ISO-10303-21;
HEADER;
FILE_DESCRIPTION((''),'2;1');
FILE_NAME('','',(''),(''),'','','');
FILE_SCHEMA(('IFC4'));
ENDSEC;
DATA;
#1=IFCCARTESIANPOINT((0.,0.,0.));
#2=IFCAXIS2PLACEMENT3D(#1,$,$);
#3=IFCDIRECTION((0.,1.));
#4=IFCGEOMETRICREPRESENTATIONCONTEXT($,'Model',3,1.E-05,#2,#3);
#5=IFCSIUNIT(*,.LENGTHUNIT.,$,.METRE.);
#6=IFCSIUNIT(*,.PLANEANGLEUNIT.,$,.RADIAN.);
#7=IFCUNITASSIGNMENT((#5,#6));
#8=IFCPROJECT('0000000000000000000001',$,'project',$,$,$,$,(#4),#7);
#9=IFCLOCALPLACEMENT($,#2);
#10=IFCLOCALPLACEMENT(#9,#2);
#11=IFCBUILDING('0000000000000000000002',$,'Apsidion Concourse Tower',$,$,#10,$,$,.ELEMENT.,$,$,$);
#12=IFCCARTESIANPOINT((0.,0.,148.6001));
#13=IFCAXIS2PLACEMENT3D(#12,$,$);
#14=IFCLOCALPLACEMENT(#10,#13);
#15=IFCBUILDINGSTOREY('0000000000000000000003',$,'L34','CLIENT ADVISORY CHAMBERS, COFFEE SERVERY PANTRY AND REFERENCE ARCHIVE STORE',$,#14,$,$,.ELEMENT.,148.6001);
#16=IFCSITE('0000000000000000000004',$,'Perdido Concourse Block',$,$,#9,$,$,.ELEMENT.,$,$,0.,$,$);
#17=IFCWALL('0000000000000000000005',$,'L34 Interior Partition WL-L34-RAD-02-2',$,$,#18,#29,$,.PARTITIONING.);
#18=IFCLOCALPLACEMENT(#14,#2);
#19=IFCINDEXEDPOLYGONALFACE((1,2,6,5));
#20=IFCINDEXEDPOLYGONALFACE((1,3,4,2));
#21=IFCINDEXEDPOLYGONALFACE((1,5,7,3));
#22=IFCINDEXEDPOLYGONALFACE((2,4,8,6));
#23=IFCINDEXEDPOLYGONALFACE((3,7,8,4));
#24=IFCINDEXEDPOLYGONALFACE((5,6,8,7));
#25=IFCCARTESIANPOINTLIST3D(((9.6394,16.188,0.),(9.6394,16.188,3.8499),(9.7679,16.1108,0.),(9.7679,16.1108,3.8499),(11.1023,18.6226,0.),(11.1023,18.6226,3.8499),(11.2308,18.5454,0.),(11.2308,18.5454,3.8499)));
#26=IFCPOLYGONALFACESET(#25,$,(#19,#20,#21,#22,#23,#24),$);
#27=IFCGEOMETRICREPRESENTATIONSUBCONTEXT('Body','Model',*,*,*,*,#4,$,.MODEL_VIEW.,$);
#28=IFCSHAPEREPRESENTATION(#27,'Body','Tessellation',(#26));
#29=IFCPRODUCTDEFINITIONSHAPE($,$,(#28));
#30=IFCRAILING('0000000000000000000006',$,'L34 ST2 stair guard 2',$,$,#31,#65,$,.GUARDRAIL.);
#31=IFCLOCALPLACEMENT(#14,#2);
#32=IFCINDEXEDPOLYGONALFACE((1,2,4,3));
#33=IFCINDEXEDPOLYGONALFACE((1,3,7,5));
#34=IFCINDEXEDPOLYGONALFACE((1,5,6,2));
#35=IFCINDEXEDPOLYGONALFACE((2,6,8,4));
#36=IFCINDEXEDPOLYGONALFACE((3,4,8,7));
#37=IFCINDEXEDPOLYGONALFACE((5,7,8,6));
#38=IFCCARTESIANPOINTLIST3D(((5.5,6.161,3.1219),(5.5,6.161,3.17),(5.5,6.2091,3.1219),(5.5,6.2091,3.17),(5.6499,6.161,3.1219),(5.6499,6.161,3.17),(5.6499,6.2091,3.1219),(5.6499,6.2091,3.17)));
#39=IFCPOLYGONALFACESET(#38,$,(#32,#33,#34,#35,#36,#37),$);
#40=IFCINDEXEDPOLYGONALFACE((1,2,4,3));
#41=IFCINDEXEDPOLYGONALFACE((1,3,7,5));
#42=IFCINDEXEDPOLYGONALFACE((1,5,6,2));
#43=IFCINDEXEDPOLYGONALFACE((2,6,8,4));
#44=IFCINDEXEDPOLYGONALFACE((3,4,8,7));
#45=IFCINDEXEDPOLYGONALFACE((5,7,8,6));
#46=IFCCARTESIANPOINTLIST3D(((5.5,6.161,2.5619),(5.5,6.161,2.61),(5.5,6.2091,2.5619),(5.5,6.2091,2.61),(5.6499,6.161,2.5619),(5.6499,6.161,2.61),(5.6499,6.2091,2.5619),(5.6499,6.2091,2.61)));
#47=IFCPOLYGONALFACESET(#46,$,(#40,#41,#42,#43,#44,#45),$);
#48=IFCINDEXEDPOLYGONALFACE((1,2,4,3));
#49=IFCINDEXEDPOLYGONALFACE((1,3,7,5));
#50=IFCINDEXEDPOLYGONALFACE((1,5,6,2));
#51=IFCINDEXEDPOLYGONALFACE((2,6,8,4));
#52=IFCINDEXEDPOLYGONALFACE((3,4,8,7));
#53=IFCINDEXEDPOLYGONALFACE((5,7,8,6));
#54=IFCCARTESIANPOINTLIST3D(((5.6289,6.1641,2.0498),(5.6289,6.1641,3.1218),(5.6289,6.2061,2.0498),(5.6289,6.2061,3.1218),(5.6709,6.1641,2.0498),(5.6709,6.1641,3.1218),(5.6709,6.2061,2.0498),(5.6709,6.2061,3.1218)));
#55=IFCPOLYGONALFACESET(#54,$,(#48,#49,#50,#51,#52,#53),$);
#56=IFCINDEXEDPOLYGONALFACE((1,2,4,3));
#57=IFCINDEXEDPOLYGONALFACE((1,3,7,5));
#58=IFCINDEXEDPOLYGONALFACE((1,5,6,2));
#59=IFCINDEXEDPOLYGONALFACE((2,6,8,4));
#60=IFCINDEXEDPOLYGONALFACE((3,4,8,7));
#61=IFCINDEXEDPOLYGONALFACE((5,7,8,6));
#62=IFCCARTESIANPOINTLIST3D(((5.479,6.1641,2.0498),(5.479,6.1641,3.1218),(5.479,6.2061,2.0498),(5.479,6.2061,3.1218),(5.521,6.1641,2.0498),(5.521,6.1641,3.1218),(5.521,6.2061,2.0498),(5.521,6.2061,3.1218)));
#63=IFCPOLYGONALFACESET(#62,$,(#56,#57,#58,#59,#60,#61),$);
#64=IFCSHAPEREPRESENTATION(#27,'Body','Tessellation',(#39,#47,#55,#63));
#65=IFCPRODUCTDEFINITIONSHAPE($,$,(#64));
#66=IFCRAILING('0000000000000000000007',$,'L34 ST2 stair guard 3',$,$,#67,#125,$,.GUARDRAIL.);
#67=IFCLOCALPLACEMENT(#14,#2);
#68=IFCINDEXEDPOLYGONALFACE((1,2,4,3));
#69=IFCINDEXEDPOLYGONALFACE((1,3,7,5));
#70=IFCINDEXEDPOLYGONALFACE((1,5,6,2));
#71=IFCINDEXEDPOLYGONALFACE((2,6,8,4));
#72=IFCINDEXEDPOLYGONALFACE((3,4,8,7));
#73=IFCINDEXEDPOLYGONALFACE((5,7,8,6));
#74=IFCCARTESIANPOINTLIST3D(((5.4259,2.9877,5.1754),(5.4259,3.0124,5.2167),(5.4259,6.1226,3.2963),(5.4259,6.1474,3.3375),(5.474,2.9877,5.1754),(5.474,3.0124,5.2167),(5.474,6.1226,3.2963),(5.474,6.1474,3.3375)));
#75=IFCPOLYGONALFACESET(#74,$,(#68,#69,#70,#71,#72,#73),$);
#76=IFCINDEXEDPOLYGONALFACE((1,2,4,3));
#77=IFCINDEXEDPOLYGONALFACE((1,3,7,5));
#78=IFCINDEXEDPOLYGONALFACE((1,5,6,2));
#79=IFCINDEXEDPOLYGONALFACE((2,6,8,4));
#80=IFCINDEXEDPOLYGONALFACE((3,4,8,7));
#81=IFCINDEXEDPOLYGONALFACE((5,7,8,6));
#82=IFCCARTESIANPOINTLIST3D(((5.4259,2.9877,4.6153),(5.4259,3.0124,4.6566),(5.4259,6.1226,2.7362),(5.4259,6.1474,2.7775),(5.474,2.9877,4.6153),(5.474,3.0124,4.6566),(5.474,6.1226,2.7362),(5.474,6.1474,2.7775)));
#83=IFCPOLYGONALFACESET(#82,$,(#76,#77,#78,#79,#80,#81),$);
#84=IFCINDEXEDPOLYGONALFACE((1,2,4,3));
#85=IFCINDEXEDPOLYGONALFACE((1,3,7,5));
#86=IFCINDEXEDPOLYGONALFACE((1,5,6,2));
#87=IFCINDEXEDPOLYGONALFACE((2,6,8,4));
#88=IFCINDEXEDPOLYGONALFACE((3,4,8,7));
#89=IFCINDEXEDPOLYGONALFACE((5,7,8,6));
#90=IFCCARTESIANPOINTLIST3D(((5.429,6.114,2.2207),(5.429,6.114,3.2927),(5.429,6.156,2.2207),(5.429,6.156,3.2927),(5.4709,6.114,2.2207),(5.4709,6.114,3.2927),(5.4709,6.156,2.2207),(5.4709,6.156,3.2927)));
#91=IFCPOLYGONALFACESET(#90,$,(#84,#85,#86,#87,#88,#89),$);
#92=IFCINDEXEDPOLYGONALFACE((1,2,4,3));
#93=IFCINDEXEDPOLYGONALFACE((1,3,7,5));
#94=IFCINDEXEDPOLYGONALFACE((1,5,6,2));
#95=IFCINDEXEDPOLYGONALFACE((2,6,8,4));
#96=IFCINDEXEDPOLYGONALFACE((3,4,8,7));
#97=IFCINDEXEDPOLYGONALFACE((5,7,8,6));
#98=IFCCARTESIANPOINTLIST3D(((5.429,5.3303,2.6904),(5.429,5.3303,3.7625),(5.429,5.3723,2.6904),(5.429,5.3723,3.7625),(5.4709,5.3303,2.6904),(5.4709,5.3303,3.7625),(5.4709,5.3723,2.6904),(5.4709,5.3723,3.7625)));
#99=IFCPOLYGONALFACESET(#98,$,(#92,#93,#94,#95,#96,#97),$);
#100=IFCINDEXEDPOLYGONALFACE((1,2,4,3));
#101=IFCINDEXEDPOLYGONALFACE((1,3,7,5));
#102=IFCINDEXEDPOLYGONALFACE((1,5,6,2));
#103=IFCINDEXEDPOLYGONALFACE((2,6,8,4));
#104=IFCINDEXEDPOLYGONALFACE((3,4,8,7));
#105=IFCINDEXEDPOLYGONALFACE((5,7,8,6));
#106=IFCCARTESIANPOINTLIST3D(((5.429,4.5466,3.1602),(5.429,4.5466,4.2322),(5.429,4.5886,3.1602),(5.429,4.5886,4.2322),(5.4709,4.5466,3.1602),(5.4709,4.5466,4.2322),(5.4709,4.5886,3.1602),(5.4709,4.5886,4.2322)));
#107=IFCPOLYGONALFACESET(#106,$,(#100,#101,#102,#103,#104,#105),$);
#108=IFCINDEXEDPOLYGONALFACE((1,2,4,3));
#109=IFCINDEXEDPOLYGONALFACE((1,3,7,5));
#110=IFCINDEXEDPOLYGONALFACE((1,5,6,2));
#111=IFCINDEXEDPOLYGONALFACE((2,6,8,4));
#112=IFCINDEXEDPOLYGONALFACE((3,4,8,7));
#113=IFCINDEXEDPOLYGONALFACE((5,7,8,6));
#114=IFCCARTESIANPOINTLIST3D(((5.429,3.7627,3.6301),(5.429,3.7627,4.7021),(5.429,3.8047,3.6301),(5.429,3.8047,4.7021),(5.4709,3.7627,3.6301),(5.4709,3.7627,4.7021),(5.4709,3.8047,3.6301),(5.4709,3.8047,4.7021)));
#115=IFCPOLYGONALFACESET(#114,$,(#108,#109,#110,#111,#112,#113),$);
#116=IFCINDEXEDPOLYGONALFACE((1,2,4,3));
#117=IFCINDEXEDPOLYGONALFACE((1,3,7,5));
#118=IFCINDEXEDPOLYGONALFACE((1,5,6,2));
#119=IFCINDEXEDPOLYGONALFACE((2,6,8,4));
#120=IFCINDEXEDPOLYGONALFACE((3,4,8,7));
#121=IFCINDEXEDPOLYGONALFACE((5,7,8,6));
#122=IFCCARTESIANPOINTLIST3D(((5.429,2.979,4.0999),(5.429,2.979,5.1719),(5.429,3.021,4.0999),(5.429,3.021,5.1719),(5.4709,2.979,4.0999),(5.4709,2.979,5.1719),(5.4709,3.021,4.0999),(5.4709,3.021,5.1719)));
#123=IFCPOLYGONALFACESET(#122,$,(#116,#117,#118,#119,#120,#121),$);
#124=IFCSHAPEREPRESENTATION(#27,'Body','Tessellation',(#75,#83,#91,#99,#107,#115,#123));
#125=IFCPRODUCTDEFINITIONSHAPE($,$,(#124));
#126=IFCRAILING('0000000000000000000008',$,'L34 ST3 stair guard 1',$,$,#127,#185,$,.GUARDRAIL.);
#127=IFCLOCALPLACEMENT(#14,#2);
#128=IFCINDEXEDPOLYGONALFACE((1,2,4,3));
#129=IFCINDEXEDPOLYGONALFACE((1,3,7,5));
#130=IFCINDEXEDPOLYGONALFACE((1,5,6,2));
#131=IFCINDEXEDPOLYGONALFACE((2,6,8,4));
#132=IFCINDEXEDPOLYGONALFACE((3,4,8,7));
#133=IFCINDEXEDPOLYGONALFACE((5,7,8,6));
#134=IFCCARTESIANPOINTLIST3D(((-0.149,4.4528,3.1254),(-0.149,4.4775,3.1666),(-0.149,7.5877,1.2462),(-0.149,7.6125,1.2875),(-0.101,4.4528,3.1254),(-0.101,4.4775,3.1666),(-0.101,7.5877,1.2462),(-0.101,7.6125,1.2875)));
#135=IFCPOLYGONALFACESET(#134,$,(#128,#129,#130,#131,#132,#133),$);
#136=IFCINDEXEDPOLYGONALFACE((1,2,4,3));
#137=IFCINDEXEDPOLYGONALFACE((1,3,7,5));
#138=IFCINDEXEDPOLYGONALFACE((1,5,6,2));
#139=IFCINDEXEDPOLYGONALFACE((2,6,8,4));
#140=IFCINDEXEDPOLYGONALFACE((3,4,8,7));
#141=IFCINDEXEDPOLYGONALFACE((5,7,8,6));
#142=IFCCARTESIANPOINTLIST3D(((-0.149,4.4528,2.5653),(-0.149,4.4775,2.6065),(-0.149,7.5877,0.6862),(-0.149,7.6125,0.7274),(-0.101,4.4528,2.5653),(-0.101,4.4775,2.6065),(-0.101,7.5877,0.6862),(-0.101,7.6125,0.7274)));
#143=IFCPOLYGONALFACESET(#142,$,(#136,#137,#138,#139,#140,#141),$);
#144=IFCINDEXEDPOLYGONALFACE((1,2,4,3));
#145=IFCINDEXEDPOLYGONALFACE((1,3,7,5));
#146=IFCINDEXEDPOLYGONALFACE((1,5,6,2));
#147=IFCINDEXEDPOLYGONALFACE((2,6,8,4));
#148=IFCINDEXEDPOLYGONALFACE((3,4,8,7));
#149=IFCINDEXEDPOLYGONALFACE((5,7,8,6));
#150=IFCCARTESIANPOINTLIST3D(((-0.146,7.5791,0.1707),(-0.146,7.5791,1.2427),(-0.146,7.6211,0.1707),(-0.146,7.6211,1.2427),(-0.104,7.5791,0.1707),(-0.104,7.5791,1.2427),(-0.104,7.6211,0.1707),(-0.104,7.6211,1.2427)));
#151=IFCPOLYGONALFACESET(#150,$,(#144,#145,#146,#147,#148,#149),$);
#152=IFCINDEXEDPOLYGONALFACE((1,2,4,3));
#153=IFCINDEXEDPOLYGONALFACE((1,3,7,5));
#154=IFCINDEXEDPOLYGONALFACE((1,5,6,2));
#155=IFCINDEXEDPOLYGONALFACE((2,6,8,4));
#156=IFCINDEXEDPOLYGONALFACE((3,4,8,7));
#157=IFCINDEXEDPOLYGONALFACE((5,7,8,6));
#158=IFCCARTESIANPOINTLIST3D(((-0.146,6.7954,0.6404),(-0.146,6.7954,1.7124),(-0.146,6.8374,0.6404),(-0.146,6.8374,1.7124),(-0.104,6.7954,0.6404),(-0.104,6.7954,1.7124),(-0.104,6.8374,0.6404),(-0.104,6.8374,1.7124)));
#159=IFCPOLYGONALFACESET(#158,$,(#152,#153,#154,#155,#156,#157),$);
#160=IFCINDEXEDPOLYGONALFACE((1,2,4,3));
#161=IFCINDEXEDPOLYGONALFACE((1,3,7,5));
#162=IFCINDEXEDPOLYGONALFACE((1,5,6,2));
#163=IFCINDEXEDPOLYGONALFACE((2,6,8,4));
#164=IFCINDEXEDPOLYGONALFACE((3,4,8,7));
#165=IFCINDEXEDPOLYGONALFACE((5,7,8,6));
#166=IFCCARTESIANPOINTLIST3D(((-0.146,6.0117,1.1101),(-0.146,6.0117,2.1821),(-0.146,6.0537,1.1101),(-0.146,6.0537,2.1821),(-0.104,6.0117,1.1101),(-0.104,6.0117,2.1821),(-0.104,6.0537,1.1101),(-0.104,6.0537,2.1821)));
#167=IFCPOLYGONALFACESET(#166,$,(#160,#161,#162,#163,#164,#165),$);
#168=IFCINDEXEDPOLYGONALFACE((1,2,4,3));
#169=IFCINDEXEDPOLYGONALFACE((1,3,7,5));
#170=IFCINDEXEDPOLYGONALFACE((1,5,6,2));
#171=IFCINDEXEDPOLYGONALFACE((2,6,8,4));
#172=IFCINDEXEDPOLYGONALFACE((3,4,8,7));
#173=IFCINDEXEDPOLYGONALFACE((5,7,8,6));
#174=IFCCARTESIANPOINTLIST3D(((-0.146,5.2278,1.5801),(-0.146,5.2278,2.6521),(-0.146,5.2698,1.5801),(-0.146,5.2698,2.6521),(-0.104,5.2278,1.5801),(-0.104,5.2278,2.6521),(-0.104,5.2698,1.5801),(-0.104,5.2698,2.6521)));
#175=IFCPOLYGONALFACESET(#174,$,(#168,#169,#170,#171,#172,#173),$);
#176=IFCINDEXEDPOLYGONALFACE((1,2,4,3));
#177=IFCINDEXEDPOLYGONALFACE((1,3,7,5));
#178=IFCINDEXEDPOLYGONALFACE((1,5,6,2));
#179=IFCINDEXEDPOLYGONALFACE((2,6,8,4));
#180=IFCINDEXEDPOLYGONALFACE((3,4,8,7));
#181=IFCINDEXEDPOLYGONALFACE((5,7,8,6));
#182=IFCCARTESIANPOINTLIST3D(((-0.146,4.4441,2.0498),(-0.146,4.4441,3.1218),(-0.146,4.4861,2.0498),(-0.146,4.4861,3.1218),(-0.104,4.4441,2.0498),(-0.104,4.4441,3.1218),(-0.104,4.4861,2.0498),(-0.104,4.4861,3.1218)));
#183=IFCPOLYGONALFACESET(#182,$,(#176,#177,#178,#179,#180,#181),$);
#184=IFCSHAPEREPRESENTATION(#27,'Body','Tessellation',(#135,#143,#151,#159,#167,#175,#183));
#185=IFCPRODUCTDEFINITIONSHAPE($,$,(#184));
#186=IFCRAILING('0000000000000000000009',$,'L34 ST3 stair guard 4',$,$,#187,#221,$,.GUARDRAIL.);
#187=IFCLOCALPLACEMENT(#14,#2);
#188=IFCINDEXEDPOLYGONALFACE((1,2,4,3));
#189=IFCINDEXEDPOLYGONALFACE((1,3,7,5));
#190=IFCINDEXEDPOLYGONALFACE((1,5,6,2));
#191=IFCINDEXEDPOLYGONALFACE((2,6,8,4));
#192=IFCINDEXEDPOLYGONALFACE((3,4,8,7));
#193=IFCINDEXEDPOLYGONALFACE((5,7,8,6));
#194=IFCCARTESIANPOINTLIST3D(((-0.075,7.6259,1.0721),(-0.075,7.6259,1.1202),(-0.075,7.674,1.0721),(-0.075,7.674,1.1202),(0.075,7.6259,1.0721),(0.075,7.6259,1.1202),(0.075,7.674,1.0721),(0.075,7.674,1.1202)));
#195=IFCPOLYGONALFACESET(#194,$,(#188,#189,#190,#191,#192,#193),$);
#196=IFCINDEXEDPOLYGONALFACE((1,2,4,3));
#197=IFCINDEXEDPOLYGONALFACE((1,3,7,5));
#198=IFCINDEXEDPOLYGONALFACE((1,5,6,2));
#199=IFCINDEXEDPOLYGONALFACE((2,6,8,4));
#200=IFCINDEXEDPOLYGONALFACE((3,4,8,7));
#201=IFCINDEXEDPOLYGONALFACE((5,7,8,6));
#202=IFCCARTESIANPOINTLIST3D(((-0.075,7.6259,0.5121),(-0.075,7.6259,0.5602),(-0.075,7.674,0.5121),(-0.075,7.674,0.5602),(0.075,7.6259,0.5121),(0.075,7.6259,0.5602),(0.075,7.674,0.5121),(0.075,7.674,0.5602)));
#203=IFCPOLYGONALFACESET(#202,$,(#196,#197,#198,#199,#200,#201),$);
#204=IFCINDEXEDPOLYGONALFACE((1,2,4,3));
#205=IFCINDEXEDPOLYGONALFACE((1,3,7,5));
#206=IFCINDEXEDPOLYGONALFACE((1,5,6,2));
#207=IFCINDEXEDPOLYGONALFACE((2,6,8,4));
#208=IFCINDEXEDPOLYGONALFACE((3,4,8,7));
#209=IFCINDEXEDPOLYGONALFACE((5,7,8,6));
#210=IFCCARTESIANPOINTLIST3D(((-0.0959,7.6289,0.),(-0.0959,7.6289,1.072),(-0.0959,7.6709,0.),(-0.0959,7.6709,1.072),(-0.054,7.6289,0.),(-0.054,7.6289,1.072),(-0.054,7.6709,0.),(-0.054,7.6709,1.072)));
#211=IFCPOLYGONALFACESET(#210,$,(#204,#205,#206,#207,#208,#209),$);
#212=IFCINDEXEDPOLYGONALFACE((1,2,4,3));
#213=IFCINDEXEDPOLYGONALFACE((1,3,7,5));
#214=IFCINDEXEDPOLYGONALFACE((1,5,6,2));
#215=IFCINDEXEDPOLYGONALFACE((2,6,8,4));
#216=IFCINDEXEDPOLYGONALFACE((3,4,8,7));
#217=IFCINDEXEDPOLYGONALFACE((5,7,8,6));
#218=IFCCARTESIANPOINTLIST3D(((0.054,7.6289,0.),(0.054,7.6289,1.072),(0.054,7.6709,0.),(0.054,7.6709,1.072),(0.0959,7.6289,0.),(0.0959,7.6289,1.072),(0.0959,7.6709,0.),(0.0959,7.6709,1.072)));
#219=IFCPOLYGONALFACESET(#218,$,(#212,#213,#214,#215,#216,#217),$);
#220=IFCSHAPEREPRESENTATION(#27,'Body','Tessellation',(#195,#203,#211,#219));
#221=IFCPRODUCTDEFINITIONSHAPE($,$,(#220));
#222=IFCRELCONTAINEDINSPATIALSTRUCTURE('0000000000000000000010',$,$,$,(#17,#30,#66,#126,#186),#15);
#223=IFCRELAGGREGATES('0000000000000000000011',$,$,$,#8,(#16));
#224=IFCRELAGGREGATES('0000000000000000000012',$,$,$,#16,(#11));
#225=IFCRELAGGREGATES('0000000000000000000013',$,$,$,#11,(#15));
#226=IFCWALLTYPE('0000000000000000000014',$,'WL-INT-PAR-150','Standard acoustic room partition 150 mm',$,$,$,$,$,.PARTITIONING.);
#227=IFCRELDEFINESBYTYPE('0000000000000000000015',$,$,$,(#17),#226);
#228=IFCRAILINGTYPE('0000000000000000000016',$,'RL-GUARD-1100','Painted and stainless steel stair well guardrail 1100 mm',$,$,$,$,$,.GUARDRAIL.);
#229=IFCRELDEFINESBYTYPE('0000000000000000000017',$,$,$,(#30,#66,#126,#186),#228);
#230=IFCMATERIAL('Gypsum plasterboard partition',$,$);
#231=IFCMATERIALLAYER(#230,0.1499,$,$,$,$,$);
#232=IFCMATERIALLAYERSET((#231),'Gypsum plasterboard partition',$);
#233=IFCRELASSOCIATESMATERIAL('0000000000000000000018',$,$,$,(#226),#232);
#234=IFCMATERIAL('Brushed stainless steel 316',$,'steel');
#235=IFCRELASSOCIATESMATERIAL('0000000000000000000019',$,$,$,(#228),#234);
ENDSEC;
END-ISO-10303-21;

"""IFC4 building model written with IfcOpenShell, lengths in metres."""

from ifc_helpers import new_model, si_unit, direction, frame, frame_2d, origin, origin_2d, place, context, subcontext, project, spatial, rectangle, extrude, material, layer, layer_set, type_object, element, save


model = new_model("IFC4")

# Units and contexts
model_context = context("Model", 3, precision=1e-05, world=origin(), true_north=direction((0.0, 1.0)))
body_context = subcontext(model_context, "Body", "Model", "MODEL_VIEW")
ifc_project = project(units=[si_unit("LENGTHUNIT", "METRE"), si_unit("PLANEANGLEUNIT", "RADIAN")], contexts=[model_context])

# Site, building, storey
site_placement = place(None, origin())
site = spatial("IfcSite", under=ifc_project, at=site_placement, Name="Perdido Concourse Block", CompositionType="ELEMENT", RefElevation=0.0)
building_placement = place(site_placement, origin())
building = spatial("IfcBuilding", under=site, at=building_placement, Name="Apsidion Concourse Tower", CompositionType="ELEMENT")
storey_placement = place(building_placement, frame((0.0, 0.0, 148.6001)))
storey = spatial("IfcBuildingStorey", under=building, at=storey_placement, Name="L34", Description="CLIENT ADVISORY CHAMBERS, COFFEE SERVERY PANTRY AND REFERENCE ARCHIVE STORE", CompositionType="ELEMENT", Elevation=148.6001)

# Shared definitions
ifc_material_1 = material(Name="Gypsum plasterboard partition")
ifc_layer = layer(ifc_material_1, 0.1499)
ifc_layer_set = layer_set([ifc_layer], Name="Gypsum plasterboard partition")
wall_type = type_object("IfcWallType", Name="WL-INT-PAR-150", Description="Standard acoustic room partition 150 mm", PredefinedType="PARTITIONING", material=ifc_layer_set)

# Shared definitions
ifc_material_2 = material(Name="Brushed stainless steel 316", Category="steel")

# Wall
wall_1_placement = place(storey_placement, frame((9.7036, 16.1494, 0.0), z_axis=(0.0, 0.0, 1.0), x_axis=(0.515052, 0.857159, 0.0)))
element("IfcWall", 1, at=wall_1_placement, inside=storey, type_object=wall_type, Name="L34 Interior Partition WL-L34-RAD-02-2", PredefinedType="PARTITIONING", context=body_context, shape_type="SweptSolid", body=[
    extrude(rectangle(XDim=2.8403, YDim=0.1499, at=frame_2d((1.4202, 0.0))), origin(), (0.0, 0.0, 1.0), 3.8499),
])

# Railings
railing_type = type_object("IfcRailingType", Name="RL-GUARD-1100", Description="Painted and stainless steel stair well guardrail 1100 mm", PredefinedType="GUARDRAIL", material=ifc_material_2)
railing_1_placement = place(storey_placement, frame((5.6499, 6.1851, 2.0498)))
element("IfcRailing", 2, at=railing_1_placement, inside=storey, type_object=railing_type, Name="L34 ST2 stair guard 2", PredefinedType="GUARDRAIL", context=body_context, shape_type="SweptSolid", body=[
    extrude(rectangle(XDim=0.0481, YDim=0.0481, at=origin_2d()), frame((0.0, 0.0, 1.0962), z_axis=(-1.0, 0.0, 0.0), x_axis=(0.0, -1.0, 0.0)), (0.0, 0.0, 1.0), 0.1499),
    extrude(rectangle(XDim=0.0481, YDim=0.0481, at=origin_2d()), frame((0.0, 0.0, 0.5361), z_axis=(-1.0, 0.0, 0.0), x_axis=(0.0, -1.0, 0.0)), (0.0, 0.0, 1.0), 0.1499),
    extrude(rectangle(XDim=0.042, YDim=0.042, at=origin_2d()), origin(), (0.0, 0.0, 1.0), 1.072),
    extrude(rectangle(XDim=0.042, YDim=0.042, at=origin_2d()), frame((-0.1499, 0.0, 0.0)), (0.0, 0.0, 1.0), 1.072),
])
for number, where, name in (
    (3, (5.45, 6.135, 2.2207), "L34 ST2 stair guard 3"),
    (4, (-0.125, 7.6001, 0.1707), "L34 ST3 stair guard 1"),
):
    element("IfcRailing", number, at=place(storey_placement, frame(where)), inside=storey, type_object=railing_type, Name=name, PredefinedType="GUARDRAIL", context=body_context, shape_type="SweptSolid", body=[
        extrude(rectangle(XDim=0.0481, YDim=0.0481, at=origin_2d()), frame((0.0, 0.0, 1.0962), z_axis=(0.0, -0.857717, 0.514122), x_axis=(1.0, 0.0, 0.0)), (0.0, 0.0, 1.0), 3.655),
        extrude(rectangle(XDim=0.0481, YDim=0.0481, at=origin_2d()), frame((0.0, 0.0, 0.5361), z_axis=(0.0, -0.857717, 0.514122), x_axis=(1.0, 0.0, 0.0)), (0.0, 0.0, 1.0), 3.655),
        extrude(rectangle(XDim=0.042, YDim=0.042, at=origin_2d()), origin(), (0.0, 0.0, 1.0), 1.072),
        extrude(rectangle(XDim=0.042, YDim=0.042, at=origin_2d()), frame((0.0, -0.7837, 0.4697)), (0.0, 0.0, 1.0), 1.072),
        extrude(rectangle(XDim=0.042, YDim=0.042, at=origin_2d()), frame((0.0, -1.5674, 0.9395)), (0.0, 0.0, 1.0), 1.072),
        extrude(rectangle(XDim=0.042, YDim=0.042, at=origin_2d()), frame((0.0, -2.3513, 1.4094)), (0.0, 0.0, 1.0), 1.072),
        extrude(rectangle(XDim=0.042, YDim=0.042, at=origin_2d()), frame((0.0, -3.135, 1.8792)), (0.0, 0.0, 1.0), 1.072),
    ])
railing_2_placement = place(storey_placement, frame((-0.075, 7.6499, 0.0)))
element("IfcRailing", 5, at=railing_2_placement, inside=storey, type_object=railing_type, Name="L34 ST3 stair guard 4", PredefinedType="GUARDRAIL", context=body_context, shape_type="SweptSolid", body=[
    extrude(rectangle(XDim=0.0481, YDim=0.0481, at=origin_2d()), frame((0.0, 0.0, 1.0962), z_axis=(1.0, 0.0, 0.0), x_axis=(0.0, 1.0, 0.0)), (0.0, 0.0, 1.0), 0.1499),
    extrude(rectangle(XDim=0.0481, YDim=0.0481, at=origin_2d()), frame((0.0, 0.0, 0.5361), z_axis=(1.0, 0.0, 0.0), x_axis=(0.0, 1.0, 0.0)), (0.0, 0.0, 1.0), 0.1499),
    extrude(rectangle(XDim=0.042, YDim=0.042, at=origin_2d()), origin(), (0.0, 0.0, 1.0), 1.072),
    extrude(rectangle(XDim=0.042, YDim=0.042, at=origin_2d()), frame((0.1499, 0.0, 0.0)), (0.0, 0.0, 1.0), 1.072),
])

save(model, "model.ifc")
